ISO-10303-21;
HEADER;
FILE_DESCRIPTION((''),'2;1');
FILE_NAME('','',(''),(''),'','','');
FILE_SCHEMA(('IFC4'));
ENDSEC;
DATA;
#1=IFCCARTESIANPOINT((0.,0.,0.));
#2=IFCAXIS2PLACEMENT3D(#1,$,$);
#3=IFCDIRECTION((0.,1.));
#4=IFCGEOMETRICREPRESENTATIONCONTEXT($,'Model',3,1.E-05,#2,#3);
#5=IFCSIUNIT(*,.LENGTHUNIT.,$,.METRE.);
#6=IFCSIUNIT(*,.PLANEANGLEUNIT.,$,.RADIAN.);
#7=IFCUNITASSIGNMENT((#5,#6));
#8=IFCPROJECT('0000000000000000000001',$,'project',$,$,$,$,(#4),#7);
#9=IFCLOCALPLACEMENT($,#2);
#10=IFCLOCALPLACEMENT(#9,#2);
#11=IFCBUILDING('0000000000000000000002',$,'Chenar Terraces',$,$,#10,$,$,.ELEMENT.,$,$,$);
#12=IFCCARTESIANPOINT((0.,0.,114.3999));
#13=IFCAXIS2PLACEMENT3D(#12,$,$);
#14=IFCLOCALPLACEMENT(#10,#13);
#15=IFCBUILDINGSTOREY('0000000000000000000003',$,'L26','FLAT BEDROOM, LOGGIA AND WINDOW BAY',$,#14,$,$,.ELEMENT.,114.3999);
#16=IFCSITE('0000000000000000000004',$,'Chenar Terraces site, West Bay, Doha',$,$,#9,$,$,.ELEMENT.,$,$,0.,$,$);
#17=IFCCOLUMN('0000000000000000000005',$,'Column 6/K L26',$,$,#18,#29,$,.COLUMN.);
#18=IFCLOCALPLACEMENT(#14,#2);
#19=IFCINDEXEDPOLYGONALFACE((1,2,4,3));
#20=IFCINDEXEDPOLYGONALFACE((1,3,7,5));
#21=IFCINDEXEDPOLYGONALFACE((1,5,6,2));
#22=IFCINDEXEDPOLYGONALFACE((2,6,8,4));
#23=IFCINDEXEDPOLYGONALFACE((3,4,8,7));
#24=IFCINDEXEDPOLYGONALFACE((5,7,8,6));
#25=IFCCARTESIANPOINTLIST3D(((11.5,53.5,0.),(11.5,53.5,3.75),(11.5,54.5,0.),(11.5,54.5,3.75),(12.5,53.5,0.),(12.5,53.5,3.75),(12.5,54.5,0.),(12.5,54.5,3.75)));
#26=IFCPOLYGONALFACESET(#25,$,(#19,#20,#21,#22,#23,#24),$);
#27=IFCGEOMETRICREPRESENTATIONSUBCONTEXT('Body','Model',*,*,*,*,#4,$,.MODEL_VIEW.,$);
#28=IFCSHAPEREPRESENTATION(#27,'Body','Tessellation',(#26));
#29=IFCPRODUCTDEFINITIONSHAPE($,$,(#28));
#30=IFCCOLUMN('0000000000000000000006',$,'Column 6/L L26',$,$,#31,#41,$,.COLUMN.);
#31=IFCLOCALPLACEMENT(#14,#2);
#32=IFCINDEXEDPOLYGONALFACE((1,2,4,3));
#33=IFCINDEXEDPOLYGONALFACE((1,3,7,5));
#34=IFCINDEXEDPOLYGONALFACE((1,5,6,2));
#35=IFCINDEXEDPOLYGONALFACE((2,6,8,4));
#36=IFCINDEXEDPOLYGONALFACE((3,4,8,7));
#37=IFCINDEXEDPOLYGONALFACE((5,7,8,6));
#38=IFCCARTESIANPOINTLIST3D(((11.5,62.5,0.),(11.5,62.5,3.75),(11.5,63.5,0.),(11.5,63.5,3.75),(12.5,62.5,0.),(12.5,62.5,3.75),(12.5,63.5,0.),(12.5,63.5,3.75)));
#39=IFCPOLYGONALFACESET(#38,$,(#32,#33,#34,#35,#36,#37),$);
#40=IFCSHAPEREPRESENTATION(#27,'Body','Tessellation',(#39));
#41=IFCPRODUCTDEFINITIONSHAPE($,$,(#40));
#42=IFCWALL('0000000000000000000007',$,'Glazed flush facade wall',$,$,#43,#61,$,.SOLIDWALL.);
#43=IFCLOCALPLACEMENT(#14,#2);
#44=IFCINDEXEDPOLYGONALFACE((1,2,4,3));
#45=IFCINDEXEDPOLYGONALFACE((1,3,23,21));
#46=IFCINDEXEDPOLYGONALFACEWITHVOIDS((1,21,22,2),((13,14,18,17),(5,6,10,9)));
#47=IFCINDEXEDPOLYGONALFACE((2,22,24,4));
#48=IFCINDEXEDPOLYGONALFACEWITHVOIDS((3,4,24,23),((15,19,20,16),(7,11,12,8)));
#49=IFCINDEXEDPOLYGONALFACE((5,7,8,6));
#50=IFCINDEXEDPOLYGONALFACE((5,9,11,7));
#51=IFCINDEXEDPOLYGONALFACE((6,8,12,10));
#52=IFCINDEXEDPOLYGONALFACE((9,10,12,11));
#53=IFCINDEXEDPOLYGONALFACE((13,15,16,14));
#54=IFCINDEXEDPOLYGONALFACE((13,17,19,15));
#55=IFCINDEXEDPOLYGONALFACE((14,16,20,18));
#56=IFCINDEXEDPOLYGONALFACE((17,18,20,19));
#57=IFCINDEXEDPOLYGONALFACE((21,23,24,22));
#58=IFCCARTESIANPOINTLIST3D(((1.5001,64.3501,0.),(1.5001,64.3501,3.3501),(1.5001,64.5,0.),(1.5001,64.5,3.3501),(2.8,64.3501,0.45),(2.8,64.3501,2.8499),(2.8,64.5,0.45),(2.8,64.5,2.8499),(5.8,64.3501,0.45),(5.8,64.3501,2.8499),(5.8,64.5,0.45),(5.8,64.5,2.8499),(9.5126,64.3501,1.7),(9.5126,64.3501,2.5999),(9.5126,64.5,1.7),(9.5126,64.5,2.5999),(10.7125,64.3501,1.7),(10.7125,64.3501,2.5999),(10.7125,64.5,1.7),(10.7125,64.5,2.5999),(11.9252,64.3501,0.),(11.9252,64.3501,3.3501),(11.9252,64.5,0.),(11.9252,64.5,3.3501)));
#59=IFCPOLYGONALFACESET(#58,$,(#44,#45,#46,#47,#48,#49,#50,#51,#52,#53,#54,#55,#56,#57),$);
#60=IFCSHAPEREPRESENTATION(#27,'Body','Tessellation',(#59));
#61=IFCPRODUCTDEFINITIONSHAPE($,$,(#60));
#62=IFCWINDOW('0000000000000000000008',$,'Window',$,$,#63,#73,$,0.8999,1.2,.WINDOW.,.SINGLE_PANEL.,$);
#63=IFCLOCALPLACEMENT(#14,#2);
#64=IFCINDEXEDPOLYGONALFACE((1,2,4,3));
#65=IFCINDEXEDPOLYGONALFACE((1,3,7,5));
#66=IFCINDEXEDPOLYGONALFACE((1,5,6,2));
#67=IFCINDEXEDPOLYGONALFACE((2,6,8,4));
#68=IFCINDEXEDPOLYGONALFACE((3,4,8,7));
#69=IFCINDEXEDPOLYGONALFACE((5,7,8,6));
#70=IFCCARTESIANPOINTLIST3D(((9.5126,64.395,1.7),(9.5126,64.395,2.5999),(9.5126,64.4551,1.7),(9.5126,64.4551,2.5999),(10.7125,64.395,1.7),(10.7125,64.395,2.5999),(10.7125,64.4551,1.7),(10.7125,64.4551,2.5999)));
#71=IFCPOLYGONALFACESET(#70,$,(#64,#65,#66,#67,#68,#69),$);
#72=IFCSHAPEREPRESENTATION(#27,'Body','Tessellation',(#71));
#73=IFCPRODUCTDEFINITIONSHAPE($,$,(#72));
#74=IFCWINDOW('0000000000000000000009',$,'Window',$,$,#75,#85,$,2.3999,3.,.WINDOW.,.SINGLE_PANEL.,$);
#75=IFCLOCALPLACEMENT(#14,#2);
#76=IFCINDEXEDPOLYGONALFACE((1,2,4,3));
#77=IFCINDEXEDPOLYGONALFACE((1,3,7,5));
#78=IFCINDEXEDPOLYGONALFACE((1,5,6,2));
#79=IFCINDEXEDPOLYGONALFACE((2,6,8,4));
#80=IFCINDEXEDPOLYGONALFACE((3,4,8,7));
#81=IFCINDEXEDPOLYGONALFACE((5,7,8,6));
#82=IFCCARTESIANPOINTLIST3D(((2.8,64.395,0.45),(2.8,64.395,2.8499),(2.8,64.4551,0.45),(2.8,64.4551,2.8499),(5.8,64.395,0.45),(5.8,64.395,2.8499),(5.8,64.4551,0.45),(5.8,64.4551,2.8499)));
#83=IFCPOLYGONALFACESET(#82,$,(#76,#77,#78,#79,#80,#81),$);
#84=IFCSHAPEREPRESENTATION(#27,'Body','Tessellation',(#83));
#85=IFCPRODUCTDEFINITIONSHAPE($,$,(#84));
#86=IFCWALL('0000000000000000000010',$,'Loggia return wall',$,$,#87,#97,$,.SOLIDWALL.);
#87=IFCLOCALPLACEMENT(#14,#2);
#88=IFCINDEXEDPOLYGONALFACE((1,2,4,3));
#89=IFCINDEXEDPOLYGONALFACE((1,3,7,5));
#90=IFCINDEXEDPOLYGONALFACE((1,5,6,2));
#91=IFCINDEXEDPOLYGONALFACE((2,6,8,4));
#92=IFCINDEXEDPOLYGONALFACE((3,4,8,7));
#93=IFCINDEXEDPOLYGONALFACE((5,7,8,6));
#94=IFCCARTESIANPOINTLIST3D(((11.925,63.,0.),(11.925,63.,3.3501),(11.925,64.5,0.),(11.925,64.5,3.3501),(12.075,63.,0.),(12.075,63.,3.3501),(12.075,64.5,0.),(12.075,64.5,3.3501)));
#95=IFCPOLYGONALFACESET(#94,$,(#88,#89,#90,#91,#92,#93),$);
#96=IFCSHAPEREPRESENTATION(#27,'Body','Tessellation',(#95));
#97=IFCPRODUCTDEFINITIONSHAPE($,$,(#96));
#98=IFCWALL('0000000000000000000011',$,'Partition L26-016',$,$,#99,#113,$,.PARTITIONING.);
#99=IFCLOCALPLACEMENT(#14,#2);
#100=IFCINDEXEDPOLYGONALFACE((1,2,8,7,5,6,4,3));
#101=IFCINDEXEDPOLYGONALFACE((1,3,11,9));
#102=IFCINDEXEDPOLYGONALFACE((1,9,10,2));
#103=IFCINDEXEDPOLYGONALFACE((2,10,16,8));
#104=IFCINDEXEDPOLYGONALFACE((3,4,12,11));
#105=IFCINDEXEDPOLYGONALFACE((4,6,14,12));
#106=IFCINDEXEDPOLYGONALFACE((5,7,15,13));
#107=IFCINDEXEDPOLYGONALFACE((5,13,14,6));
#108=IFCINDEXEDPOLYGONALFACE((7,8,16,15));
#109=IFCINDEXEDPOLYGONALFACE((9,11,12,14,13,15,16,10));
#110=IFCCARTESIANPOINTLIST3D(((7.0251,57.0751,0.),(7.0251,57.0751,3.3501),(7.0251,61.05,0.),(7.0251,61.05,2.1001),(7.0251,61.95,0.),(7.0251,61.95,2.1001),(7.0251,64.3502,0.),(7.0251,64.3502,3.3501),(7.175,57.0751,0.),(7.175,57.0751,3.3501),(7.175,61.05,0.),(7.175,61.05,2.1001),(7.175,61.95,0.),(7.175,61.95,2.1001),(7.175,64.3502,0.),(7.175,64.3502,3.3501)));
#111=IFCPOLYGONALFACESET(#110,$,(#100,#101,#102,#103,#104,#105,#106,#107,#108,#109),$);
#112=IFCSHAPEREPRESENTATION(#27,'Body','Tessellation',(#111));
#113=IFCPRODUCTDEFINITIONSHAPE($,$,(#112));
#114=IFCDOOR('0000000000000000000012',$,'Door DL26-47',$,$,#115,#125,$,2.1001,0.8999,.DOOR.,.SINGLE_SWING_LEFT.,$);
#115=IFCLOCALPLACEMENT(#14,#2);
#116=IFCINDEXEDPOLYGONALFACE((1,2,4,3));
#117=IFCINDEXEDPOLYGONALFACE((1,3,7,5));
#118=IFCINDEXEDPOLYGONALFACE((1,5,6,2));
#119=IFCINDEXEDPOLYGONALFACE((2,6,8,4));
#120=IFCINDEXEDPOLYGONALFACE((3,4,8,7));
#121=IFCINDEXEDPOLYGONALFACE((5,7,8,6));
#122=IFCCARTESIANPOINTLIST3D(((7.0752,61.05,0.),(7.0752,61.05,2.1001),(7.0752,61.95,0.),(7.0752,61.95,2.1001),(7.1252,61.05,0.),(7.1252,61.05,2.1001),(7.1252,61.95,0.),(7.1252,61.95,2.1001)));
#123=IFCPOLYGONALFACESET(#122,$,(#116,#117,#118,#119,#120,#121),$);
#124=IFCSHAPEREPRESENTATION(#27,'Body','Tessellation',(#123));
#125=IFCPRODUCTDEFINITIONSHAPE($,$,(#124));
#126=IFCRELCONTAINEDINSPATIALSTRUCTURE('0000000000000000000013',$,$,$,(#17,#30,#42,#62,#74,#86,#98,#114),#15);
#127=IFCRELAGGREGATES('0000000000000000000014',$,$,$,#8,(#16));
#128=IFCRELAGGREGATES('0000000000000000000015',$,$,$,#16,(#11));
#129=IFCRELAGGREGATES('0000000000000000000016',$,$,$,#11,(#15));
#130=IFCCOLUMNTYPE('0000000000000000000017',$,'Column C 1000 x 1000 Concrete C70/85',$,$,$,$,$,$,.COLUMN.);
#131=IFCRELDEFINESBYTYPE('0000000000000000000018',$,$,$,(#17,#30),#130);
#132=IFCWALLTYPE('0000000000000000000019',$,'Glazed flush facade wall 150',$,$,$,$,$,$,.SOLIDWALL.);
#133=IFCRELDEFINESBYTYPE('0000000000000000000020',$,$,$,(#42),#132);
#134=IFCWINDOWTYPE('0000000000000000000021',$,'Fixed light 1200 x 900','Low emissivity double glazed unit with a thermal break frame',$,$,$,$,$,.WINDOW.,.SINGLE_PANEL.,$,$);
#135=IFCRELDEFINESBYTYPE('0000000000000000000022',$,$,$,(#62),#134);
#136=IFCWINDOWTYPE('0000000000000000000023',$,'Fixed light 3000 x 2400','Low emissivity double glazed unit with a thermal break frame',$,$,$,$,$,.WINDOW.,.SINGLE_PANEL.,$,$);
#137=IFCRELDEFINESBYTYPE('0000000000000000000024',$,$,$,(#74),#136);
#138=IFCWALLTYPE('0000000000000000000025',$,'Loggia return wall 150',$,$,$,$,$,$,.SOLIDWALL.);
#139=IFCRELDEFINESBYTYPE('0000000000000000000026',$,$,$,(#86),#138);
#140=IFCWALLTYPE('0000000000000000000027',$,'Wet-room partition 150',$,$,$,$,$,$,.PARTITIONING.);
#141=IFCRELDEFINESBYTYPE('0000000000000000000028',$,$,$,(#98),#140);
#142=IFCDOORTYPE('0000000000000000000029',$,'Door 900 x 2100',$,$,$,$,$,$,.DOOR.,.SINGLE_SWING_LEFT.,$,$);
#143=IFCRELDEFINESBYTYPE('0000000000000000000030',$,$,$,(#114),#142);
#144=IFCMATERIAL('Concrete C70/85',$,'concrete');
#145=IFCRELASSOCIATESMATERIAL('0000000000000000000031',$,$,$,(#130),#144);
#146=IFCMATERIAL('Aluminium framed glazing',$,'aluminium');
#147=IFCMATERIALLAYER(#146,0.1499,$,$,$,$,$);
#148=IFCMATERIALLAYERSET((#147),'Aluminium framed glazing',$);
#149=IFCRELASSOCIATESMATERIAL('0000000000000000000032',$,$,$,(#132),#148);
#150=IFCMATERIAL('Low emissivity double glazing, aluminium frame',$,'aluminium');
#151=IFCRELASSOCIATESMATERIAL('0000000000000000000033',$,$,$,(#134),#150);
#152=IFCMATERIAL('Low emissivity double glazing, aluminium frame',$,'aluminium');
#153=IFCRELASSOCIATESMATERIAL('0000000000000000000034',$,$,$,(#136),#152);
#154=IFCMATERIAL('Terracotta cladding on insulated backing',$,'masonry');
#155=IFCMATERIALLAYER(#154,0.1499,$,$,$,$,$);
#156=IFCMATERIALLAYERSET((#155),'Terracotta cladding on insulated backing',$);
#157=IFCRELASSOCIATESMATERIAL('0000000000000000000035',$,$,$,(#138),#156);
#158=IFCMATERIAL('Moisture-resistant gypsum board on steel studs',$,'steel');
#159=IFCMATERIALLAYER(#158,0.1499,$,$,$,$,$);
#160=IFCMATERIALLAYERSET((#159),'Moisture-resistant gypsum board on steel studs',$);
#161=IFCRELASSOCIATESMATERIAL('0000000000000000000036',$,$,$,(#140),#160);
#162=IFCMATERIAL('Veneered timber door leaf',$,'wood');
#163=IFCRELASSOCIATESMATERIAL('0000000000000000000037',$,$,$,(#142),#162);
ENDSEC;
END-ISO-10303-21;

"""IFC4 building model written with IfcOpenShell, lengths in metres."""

from ifc_helpers import new_model, si_unit, direction, frame, frame_2d, origin, origin_2d, place, context, subcontext, project, spatial, rectangle, extrude, material, layer, layer_set, material_profile, profile_set, type_object, element, fill, save


model = new_model("IFC4")

# Units and contexts
model_context = context("Model", 3, precision=1e-05, world=origin(), true_north=direction((0.0, 1.0)))
body_context = subcontext(model_context, "Body", "Model", "MODEL_VIEW")
ifc_project = project(units=[si_unit("LENGTHUNIT", "METRE"), si_unit("PLANEANGLEUNIT", "RADIAN")], contexts=[model_context])

# Site, building, storey
site_placement = place(None, origin())
site = spatial("IfcSite", under=ifc_project, at=site_placement, Name="Chenar Terraces site, West Bay, Doha", CompositionType="ELEMENT", RefElevation=0.0)
building_placement = place(site_placement, origin())
building = spatial("IfcBuilding", under=site, at=building_placement, Name="Chenar Terraces", CompositionType="ELEMENT")
storey_placement = place(building_placement, frame((0.0, 0.0, 114.3999)))
storey = spatial("IfcBuildingStorey", under=building, at=storey_placement, Name="L26", Description="FLAT BEDROOM, LOGGIA AND WINDOW BAY", CompositionType="ELEMENT", Elevation=114.3999)

# Columns
ifc_material_1 = material(Name="Concrete C70/85", Category="concrete")
ifc_material_profile_1 = material_profile(ifc_material_1, rectangle(XDim=1.0, YDim=1.0, at=origin_2d()), Name="C 1000 x 1000")
ifc_profile_set_1 = profile_set([ifc_material_profile_1], Name="Concrete C70/85")
column_type = type_object("IfcColumnType", Name="Column C 1000 x 1000 Concrete C70/85", PredefinedType="COLUMN", material=ifc_profile_set_1)
for number, where, z_axis, x_axis, name in (
    (1, (12.0, 54.0, 0.0), (0.0, 0.0, 1.0), (1.0, 0.0, 0.0), "Column 6/K L26"),
    (2, (12.0, 63.0, 0.0), (0.0, 0.0, 1.0), (1.0, 0.0, 0.0), "Column 6/L L26"),
):
    element("IfcColumn", number, at=place(storey_placement, frame(where, z_axis=z_axis, x_axis=x_axis)), inside=storey, type_object=column_type, Name=name, PredefinedType="COLUMN", context=body_context, shape_type="SweptSolid", body=[
        extrude(rectangle(XDim=1.0, YDim=1.0, at=origin_2d()), origin(), (0.0, 0.0, 1.0), 3.75),
    ])

# Wall, openings, windows
ifc_material_2 = material(Name="Aluminium framed glazing", Category="aluminium")
ifc_layer_1 = layer(ifc_material_2, 0.1499)
ifc_layer_set_1 = layer_set([ifc_layer_1], Name="Aluminium framed glazing")
wall_type_1 = type_object("IfcWallType", Name="Glazed flush facade wall 150", PredefinedType="SOLIDWALL", material=ifc_layer_set_1)
wall_1_placement = place(storey_placement, frame((11.925, 64.425, 0.0), z_axis=(0.0, 0.0, 1.0), x_axis=(-1.0, 0.0, 0.0)))
wall_1 = element("IfcWall", 3, at=wall_1_placement, inside=storey, type_object=wall_type_1, Name="Glazed flush facade wall", PredefinedType="SOLIDWALL", context=body_context, shape_type="SweptSolid", body=[
    extrude(rectangle(XDim=10.425, YDim=0.1499, at=frame_2d((5.2124, 0.0))), origin(), (0.0, 0.0, 1.0), 3.3501),
])
opening_1_placement = place(wall_1_placement, frame((1.2124, 0.0, 1.7)))
opening_1 = element("IfcOpeningElement", 4, at=opening_1_placement, cuts=wall_1, PredefinedType="OPENING", context=body_context, shape_type="SweptSolid", body=[
    extrude(rectangle(XDim=1.2, YDim=0.8999, at=frame_2d((0.6001, 0.45))), frame((0.0, 0.085, 0.0), z_axis=(0.0, -1.0, 0.0), x_axis=(1.0, 0.0, 0.0)), (0.0, 0.0, 1.0), 0.1699),
])
opening_2_placement = place(wall_1_placement, frame((6.125, 0.0, 0.45)))
opening_2 = element("IfcOpeningElement", 5, at=opening_2_placement, cuts=wall_1, PredefinedType="OPENING", context=body_context, shape_type="SweptSolid", body=[
    extrude(rectangle(XDim=3.0, YDim=2.3999, at=frame_2d((1.5, 1.2))), frame((0.0, 0.085, 0.0), z_axis=(0.0, -1.0, 0.0), x_axis=(1.0, 0.0, 0.0)), (0.0, 0.0, 1.0), 0.1699),
])
ifc_material_3 = material(Name="Low emissivity double glazing, aluminium frame", Category="aluminium")
window_type_1 = type_object("IfcWindowType", Name="Fixed light 1200 x 900", Description="Low emissivity double glazed unit with a thermal break frame", PartitioningType="SINGLE_PANEL", PredefinedType="WINDOW", material=ifc_material_3)
window_1_placement = place(opening_1_placement, origin())
window_1 = element("IfcWindow", 6, at=window_1_placement, inside=storey, type_object=window_type_1, Name="Window", OverallHeight=0.8999, OverallWidth=1.2, PartitioningType="SINGLE_PANEL", PredefinedType="WINDOW", context=body_context, shape_type="SweptSolid", body=[
    extrude(rectangle(XDim=1.2, YDim=0.8999, at=frame_2d((0.6001, 0.45))), frame((0.0, 0.03, 0.0), z_axis=(0.0, -1.0, 0.0), x_axis=(1.0, 0.0, 0.0)), (0.0, 0.0, 1.0), 0.0601),
])
fill(opening_1, window_1)
ifc_material_4 = material(Name="Low emissivity double glazing, aluminium frame", Category="aluminium")
window_type_2 = type_object("IfcWindowType", Name="Fixed light 3000 x 2400", Description="Low emissivity double glazed unit with a thermal break frame", PartitioningType="SINGLE_PANEL", PredefinedType="WINDOW", material=ifc_material_4)
window_2_placement = place(opening_2_placement, origin())
window_2 = element("IfcWindow", 7, at=window_2_placement, inside=storey, type_object=window_type_2, Name="Window", OverallHeight=2.3999, OverallWidth=3.0, PartitioningType="SINGLE_PANEL", PredefinedType="WINDOW", context=body_context, shape_type="SweptSolid", body=[
    extrude(rectangle(XDim=3.0, YDim=2.3999, at=frame_2d((1.5, 1.2))), frame((0.0, 0.03, 0.0), z_axis=(0.0, -1.0, 0.0), x_axis=(1.0, 0.0, 0.0)), (0.0, 0.0, 1.0), 0.0601),
])
fill(opening_2, window_2)

# Wall
ifc_material_5 = material(Name="Terracotta cladding on insulated backing", Category="masonry")
ifc_layer_2 = layer(ifc_material_5, 0.1499)
ifc_layer_set_2 = layer_set([ifc_layer_2], Name="Terracotta cladding on insulated backing")
wall_type_2 = type_object("IfcWallType", Name="Loggia return wall 150", PredefinedType="SOLIDWALL", material=ifc_layer_set_2)
wall_2_placement = place(storey_placement, frame((12.0, 64.5, 0.0), z_axis=(0.0, 0.0, 1.0), x_axis=(0.0, -1.0, 0.0)))
element("IfcWall", 8, at=wall_2_placement, inside=storey, type_object=wall_type_2, Name="Loggia return wall", PredefinedType="SOLIDWALL", context=body_context, shape_type="SweptSolid", body=[
    extrude(rectangle(XDim=1.5, YDim=0.1499, at=frame_2d((0.75, 0.0))), origin(), (0.0, 0.0, 1.0), 3.3501),
])

# Wall, opening, door
ifc_material_6 = material(Name="Moisture-resistant gypsum board on steel studs", Category="steel")
ifc_layer_3 = layer(ifc_material_6, 0.1499)
ifc_layer_set_3 = layer_set([ifc_layer_3], Name="Moisture-resistant gypsum board on steel studs")
wall_type_3 = type_object("IfcWallType", Name="Wet-room partition 150", PredefinedType="PARTITIONING", material=ifc_layer_set_3)
wall_3_placement = place(storey_placement, frame((7.1001, 57.075, 0.0), z_axis=(0.0, 0.0, 1.0), x_axis=(0.0, 1.0, 0.0)))
wall_3 = element("IfcWall", 9, at=wall_3_placement, inside=storey, type_object=wall_type_3, Name="Partition L26-016", PredefinedType="PARTITIONING", context=body_context, shape_type="SweptSolid", body=[
    extrude(rectangle(XDim=7.2751, YDim=0.1499, at=frame_2d((3.6377, 0.0))), origin(), (0.0, 0.0, 1.0), 3.3501),
])
opening_3_placement = place(wall_3_placement, frame((3.9751, 0.0, 0.0)))
opening_3 = element("IfcOpeningElement", 10, at=opening_3_placement, cuts=wall_3, PredefinedType="OPENING", context=body_context, shape_type="SweptSolid", body=[
    extrude(rectangle(XDim=0.8999, YDim=2.1001, at=frame_2d((0.45, 1.05))), frame((0.0, 0.085, 0.0), z_axis=(0.0, -1.0, 0.0), x_axis=(1.0, 0.0, 0.0)), (0.0, 0.0, 1.0), 0.1699),
])
ifc_material_7 = material(Name="Veneered timber door leaf", Category="wood")
door_type_1 = type_object("IfcDoorType", Name="Door 900 x 2100", OperationType="SINGLE_SWING_LEFT", PredefinedType="DOOR", material=ifc_material_7)
door_1_placement = place(opening_3_placement, origin())
door_1 = element("IfcDoor", 11, at=door_1_placement, inside=storey, type_object=door_type_1, Name="Door DL26-47", OperationType="SINGLE_SWING_LEFT", OverallHeight=2.1001, OverallWidth=0.8999, PredefinedType="DOOR", context=body_context, shape_type="SweptSolid", body=[
    extrude(rectangle(XDim=0.8999, YDim=2.1001, at=frame_2d((0.45, 1.05))), frame((0.0, 0.0249, 0.0), z_axis=(0.0, -1.0, 0.0), x_axis=(1.0, 0.0, 0.0)), (0.0, 0.0, 1.0), 0.05),
])
fill(opening_3, door_1)

save(model, "model.ifc")
